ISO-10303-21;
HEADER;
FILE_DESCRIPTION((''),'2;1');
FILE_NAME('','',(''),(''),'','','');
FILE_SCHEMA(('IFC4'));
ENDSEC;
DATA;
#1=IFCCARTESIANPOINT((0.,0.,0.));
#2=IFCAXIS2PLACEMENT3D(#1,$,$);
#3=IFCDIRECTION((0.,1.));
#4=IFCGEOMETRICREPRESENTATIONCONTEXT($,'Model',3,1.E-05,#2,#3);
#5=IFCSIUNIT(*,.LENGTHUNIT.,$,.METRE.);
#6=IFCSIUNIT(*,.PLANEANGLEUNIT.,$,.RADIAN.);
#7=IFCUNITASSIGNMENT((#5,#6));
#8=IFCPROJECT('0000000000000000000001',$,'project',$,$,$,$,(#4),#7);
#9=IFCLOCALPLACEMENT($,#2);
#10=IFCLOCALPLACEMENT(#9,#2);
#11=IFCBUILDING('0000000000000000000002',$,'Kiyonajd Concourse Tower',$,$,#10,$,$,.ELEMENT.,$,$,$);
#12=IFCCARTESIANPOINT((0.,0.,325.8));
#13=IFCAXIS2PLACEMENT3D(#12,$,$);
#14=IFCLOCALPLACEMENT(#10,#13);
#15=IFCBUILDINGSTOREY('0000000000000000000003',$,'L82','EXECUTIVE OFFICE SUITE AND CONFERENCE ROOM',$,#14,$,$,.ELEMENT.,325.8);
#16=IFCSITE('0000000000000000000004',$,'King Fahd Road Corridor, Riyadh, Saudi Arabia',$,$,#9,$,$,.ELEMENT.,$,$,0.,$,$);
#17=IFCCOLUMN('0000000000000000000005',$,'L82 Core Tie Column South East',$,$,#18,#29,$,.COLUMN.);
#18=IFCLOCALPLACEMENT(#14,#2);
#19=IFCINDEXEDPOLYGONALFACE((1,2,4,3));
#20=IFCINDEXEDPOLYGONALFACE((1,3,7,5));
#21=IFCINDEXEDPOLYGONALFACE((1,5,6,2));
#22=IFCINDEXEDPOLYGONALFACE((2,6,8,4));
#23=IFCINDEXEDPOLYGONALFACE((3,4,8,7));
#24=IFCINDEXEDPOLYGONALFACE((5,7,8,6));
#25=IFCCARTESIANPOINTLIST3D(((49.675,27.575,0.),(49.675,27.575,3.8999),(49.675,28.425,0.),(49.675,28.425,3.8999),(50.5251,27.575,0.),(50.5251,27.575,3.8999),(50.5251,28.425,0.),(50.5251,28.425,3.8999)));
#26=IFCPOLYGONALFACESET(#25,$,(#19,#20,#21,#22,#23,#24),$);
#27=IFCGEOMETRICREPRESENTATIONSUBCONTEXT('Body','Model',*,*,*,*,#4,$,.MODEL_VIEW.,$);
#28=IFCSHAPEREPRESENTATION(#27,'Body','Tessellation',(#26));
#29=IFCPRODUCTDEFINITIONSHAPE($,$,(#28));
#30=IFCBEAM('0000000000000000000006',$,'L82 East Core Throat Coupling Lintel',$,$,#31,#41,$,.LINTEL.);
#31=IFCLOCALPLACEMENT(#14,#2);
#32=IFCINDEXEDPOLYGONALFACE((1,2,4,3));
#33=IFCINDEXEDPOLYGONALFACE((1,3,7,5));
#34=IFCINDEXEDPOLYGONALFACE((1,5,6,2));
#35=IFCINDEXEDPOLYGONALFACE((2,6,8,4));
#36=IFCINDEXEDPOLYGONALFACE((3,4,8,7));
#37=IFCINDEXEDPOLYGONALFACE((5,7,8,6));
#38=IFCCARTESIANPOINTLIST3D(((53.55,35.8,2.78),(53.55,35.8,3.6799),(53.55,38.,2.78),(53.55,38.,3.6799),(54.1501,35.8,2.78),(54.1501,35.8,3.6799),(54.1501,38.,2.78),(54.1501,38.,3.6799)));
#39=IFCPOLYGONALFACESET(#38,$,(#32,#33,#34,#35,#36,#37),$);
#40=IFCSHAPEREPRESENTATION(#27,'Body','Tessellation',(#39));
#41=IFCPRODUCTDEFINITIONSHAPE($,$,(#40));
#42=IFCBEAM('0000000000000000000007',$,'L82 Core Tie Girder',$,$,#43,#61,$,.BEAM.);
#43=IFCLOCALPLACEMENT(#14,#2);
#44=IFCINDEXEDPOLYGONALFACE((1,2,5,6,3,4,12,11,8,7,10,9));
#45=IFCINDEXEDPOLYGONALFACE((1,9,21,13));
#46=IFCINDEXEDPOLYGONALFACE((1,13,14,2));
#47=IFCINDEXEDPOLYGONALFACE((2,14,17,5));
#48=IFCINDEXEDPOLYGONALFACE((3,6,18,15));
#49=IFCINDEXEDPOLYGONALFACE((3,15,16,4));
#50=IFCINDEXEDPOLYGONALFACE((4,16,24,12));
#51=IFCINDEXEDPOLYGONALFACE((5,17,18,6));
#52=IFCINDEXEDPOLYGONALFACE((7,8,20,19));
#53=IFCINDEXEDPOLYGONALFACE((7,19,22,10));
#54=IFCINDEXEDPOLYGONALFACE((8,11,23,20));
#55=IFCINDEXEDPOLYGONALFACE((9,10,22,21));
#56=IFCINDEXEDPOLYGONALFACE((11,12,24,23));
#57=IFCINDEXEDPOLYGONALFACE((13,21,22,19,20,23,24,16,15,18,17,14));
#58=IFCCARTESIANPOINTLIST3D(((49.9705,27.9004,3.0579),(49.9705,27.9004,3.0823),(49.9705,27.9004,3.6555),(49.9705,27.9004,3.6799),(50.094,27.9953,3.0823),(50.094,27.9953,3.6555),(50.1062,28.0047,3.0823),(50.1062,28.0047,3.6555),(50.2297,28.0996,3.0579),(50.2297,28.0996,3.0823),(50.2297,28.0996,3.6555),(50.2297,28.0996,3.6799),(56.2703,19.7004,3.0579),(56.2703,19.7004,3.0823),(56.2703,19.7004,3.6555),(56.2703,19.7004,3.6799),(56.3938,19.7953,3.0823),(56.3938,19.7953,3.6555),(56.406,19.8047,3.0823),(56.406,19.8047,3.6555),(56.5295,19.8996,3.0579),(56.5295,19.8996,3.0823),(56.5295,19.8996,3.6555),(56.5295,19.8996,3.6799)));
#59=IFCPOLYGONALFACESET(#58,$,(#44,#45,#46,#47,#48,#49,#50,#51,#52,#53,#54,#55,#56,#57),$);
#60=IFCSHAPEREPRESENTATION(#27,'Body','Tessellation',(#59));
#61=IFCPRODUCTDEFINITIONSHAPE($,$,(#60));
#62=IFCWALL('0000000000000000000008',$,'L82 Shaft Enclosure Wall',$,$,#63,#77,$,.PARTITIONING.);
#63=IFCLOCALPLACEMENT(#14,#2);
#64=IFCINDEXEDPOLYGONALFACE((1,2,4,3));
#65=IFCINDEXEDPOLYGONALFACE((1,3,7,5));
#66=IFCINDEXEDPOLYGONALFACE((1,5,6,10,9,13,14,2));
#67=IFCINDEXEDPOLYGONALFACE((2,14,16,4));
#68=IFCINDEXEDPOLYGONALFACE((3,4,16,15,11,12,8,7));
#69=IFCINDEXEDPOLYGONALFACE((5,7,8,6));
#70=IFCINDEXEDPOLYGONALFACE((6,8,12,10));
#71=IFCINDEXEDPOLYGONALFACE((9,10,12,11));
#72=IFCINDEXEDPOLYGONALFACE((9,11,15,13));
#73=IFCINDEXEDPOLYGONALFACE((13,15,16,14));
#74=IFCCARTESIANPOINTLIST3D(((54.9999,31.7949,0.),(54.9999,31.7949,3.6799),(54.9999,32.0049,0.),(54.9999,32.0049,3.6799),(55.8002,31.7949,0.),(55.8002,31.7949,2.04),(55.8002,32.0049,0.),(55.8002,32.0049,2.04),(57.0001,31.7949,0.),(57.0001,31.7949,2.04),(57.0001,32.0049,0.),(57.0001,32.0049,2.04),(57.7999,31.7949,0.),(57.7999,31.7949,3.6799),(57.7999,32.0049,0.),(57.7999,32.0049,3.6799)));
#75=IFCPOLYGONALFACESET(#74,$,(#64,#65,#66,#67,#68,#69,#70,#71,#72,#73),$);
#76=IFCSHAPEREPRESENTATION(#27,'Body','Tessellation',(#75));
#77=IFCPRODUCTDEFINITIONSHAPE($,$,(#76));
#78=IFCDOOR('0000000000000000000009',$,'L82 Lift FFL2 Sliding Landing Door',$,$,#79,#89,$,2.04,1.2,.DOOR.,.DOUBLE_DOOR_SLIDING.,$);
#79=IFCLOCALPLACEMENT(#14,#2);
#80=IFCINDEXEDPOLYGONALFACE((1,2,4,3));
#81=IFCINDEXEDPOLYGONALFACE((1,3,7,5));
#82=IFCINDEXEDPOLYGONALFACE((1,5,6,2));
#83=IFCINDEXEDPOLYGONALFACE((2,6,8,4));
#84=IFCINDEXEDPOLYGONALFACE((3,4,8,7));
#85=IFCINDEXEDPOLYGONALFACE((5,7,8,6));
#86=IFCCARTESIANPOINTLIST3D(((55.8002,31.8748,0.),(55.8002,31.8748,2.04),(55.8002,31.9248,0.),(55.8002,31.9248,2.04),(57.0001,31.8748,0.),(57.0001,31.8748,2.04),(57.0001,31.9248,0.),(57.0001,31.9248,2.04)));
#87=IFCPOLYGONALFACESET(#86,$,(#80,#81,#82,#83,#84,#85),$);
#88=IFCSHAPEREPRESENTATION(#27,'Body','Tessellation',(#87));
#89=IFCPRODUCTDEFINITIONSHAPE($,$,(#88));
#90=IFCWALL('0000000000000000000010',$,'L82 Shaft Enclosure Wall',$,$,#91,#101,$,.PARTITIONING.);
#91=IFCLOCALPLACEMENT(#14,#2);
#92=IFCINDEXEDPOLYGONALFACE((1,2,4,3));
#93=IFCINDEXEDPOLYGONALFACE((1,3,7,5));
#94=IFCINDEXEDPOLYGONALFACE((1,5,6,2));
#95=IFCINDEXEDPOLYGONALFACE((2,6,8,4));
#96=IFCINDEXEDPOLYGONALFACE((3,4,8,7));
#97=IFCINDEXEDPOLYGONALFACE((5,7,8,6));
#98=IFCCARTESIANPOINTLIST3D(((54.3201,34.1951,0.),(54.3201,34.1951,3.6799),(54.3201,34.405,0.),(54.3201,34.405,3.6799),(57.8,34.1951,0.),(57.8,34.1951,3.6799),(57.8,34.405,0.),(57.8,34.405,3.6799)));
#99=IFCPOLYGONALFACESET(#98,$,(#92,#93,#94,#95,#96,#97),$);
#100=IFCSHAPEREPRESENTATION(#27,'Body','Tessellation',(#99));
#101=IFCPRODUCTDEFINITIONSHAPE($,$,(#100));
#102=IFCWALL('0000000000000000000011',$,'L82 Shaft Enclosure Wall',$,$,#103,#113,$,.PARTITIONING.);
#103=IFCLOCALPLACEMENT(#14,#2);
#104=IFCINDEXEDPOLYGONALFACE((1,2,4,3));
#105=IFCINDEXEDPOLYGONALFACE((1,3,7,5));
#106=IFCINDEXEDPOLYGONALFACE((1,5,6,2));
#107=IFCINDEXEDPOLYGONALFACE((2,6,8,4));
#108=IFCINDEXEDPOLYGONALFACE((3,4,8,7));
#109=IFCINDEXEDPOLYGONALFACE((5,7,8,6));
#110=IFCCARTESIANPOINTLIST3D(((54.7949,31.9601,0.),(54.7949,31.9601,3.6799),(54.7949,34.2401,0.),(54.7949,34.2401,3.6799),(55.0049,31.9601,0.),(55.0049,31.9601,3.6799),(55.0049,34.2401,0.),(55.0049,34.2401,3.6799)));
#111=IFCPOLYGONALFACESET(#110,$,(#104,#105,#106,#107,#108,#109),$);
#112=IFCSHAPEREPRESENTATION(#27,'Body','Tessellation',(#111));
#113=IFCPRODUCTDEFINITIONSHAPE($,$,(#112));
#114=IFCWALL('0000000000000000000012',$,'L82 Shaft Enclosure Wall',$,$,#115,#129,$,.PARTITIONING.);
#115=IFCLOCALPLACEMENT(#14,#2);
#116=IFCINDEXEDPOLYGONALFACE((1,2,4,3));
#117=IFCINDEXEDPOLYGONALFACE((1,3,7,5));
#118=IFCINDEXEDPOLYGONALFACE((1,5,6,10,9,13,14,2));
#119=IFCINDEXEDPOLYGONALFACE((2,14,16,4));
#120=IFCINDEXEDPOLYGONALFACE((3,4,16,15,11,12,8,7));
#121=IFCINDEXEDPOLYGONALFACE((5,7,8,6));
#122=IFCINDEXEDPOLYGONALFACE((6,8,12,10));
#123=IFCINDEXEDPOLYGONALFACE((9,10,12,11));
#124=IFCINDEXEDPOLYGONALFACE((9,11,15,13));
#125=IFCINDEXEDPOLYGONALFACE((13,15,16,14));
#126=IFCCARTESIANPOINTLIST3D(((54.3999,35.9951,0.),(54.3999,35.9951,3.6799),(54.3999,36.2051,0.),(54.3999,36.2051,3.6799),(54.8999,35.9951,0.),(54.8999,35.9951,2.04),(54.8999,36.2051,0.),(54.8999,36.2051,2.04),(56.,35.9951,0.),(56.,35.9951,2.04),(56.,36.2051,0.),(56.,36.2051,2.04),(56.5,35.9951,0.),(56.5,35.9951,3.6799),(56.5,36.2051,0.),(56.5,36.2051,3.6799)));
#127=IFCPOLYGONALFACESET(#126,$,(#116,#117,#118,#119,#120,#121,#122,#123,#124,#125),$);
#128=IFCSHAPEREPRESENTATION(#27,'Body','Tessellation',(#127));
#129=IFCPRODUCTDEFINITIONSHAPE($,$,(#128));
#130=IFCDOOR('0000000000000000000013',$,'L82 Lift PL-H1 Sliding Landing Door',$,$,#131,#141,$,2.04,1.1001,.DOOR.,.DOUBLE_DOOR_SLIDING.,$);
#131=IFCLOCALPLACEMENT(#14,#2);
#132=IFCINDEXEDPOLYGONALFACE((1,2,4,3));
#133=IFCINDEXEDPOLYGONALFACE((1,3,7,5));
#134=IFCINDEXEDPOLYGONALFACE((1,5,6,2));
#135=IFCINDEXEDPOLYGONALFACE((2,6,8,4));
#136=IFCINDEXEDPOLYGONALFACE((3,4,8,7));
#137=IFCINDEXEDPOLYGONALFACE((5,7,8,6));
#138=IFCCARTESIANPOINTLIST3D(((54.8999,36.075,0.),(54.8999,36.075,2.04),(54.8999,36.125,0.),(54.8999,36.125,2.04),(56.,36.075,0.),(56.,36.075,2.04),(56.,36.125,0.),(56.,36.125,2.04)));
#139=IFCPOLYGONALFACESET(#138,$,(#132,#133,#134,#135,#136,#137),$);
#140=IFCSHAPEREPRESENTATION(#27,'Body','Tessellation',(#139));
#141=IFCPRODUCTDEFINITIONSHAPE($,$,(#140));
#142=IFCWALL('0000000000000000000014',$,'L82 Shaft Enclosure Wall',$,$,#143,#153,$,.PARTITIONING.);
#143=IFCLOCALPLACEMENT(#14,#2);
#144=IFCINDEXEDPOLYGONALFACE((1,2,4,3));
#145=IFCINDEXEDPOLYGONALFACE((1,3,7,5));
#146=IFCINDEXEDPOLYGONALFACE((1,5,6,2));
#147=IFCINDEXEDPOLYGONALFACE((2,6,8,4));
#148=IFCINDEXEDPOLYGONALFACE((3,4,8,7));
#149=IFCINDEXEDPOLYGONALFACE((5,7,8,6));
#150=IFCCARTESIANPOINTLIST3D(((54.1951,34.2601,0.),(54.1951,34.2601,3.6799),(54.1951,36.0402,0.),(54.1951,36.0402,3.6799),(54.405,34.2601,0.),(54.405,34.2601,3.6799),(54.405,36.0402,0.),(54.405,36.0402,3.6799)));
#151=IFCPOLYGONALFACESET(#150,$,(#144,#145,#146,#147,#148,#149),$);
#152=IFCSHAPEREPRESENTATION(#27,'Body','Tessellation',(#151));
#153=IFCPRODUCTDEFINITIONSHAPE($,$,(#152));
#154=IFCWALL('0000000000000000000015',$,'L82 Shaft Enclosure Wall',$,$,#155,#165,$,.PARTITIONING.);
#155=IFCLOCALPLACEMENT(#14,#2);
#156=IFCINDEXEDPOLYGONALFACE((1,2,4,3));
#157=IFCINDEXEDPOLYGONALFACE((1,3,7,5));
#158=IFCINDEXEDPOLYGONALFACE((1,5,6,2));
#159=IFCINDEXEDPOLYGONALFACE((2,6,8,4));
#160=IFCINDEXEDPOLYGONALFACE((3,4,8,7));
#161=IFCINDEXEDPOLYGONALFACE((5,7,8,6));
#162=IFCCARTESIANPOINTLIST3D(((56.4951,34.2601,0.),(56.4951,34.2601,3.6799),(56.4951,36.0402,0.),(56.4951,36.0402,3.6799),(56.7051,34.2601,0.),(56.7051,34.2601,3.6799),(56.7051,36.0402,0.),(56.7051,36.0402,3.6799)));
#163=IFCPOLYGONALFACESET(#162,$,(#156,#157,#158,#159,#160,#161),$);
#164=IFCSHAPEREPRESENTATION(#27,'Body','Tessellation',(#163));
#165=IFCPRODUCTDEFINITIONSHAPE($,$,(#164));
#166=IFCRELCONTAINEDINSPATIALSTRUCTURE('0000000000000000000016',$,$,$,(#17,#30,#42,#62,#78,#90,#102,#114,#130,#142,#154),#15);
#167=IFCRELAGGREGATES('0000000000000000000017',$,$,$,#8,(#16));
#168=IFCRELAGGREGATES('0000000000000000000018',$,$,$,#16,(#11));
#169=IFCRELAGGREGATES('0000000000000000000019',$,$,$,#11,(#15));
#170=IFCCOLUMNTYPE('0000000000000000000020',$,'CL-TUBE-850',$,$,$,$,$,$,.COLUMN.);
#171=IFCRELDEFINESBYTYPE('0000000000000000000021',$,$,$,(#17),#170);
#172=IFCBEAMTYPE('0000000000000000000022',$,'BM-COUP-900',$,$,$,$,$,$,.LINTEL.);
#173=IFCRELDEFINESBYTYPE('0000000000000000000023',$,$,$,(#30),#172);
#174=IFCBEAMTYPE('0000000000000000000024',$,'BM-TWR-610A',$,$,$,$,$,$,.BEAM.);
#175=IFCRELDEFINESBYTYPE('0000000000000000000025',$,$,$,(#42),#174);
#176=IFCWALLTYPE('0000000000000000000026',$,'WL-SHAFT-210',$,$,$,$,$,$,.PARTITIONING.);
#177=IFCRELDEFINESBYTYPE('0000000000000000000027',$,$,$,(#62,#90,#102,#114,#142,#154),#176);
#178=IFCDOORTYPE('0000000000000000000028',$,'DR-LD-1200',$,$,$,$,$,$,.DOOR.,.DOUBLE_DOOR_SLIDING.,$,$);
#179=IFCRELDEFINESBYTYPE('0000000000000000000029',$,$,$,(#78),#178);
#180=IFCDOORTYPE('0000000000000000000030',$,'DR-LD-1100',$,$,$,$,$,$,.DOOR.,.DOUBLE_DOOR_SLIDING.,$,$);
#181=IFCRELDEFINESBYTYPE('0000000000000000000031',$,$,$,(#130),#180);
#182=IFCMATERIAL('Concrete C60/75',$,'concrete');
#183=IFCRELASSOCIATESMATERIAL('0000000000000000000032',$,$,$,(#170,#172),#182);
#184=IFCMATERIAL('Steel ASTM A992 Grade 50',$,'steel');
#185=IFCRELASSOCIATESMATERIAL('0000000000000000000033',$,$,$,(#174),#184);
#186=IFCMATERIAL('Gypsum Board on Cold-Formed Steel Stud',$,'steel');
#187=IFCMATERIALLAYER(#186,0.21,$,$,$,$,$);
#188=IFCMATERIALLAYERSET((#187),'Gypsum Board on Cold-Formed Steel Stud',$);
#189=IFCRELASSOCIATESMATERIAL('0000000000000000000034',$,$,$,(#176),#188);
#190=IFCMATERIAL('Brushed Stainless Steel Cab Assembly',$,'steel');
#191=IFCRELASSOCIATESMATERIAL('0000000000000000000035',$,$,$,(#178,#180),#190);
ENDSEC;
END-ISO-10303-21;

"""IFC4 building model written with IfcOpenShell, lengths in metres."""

from ifc_helpers import new_model, si_unit, direction, frame, frame_2d, origin, origin_2d, place, context, subcontext, project, spatial, rectangle, i_section, extrude, material, layer, layer_set, material_profile, profile_set, type_object, element, fill, save


model = new_model("IFC4")

# Units and contexts
model_context = context("Model", 3, precision=1e-05, world=origin(), true_north=direction((0.0, 1.0)))
body_context = subcontext(model_context, "Body", "Model", "MODEL_VIEW")
ifc_project = project(units=[si_unit("LENGTHUNIT", "METRE"), si_unit("PLANEANGLEUNIT", "RADIAN")], contexts=[model_context])

# Site, building, storey
site_placement = place(None, origin())
site = spatial("IfcSite", under=ifc_project, at=site_placement, Name="King Fahd Road Corridor, Riyadh, Saudi Arabia", CompositionType="ELEMENT", RefElevation=0.0)
building_placement = place(site_placement, origin())
building = spatial("IfcBuilding", under=site, at=building_placement, Name="Kiyonajd Concourse Tower", CompositionType="ELEMENT")
storey_placement = place(building_placement, frame((0.0, 0.0, 325.8)))
storey = spatial("IfcBuildingStorey", under=building, at=storey_placement, Name="L82", Description="EXECUTIVE OFFICE SUITE AND CONFERENCE ROOM", CompositionType="ELEMENT", Elevation=325.8)

# Column
ifc_material_1 = material(Name="Concrete C60/75", Category="concrete")
ifc_material_profile_1 = material_profile(ifc_material_1, rectangle(XDim=0.8501, YDim=0.8501, at=origin_2d()), Name="RC-850x850")
ifc_profile_set_1 = profile_set([ifc_material_profile_1], Name="Concrete C60/75")
column_type = type_object("IfcColumnType", Name="CL-TUBE-850", PredefinedType="COLUMN", material=ifc_profile_set_1)
column_placement = place(storey_placement, frame((50.1001, 28.0, 0.0), z_axis=(0.0, 0.0, 1.0), x_axis=(1.0, 0.0, 0.0)))
element("IfcColumn", 1, at=column_placement, inside=storey, type_object=column_type, Name="L82 Core Tie Column South East", PredefinedType="COLUMN", context=body_context, shape_type="SweptSolid", body=[
    extrude(rectangle(XDim=0.8501, YDim=0.8501, at=origin_2d()), origin(), (0.0, 0.0, 1.0), 3.8999),
])

# Beams
ifc_material_profile_2 = material_profile(ifc_material_1, rectangle(XDim=0.6001, YDim=0.8999, at=origin_2d()), Name="RCBM-600x900")
ifc_profile_set_2 = profile_set([ifc_material_profile_2], Name="Concrete C60/75")
beam_type_1 = type_object("IfcBeamType", Name="BM-COUP-900", PredefinedType="LINTEL", material=ifc_profile_set_2)
beam_1_placement = place(storey_placement, frame((53.8501, 35.8, 3.23), z_axis=(0.0, 1.0, 0.0), x_axis=(-1.0, 0.0, 0.0)))
element("IfcBeam", 2, at=beam_1_placement, inside=storey, type_object=beam_type_1, Name="L82 East Core Throat Coupling Lintel", PredefinedType="LINTEL", context=body_context, shape_type="SweptSolid", body=[
    extrude(rectangle(XDim=0.6001, YDim=0.8999, at=origin_2d()), origin(), (0.0, 0.0, 1.0), 2.2),
])
ifc_material_2 = material(Name="Steel ASTM A992 Grade 50", Category="steel")
ifc_material_profile_3 = material_profile(ifc_material_2, i_section(OverallWidth=0.3269, OverallDepth=0.6221, WebThickness=0.0154, FlangeThickness=0.0244, at=origin_2d()), Name="W610X195")
ifc_profile_set_3 = profile_set([ifc_material_profile_3], Name="Steel ASTM A992 Grade 50")
beam_type_2 = type_object("IfcBeamType", Name="BM-TWR-610A", PredefinedType="BEAM", material=ifc_profile_set_3)
beam_2_placement = place(storey_placement, frame((50.1001, 28.0, 3.3689), z_axis=(0.609234, -0.792991, 0.0), x_axis=(0.792991, 0.609234, 0.0)))
element("IfcBeam", 3, at=beam_2_placement, inside=storey, type_object=beam_type_2, Name="L82 Core Tie Girder", PredefinedType="BEAM", context=body_context, shape_type="SweptSolid", body=[
    extrude(i_section(OverallWidth=0.3269, OverallDepth=0.6221, WebThickness=0.0154, FlangeThickness=0.0244, at=origin_2d()), origin(), (0.0, 0.0, 1.0), 10.3406),
])

# Wall, opening, door
ifc_material_3 = material(Name="Gypsum Board on Cold-Formed Steel Stud", Category="steel")
ifc_layer_1 = layer(ifc_material_3, 0.21)
ifc_layer_set_1 = layer_set([ifc_layer_1], Name="Gypsum Board on Cold-Formed Steel Stud")
wall_type_1 = type_object("IfcWallType", Name="WL-SHAFT-210", PredefinedType="PARTITIONING", material=ifc_layer_set_1)
wall_1_placement = place(storey_placement, frame((55.0, 31.8999, 0.0), z_axis=(0.0, 0.0, 1.0), x_axis=(1.0, 0.0, 0.0)))
wall_1 = element("IfcWall", 4, at=wall_1_placement, inside=storey, type_object=wall_type_1, Name="L82 Shaft Enclosure Wall", PredefinedType="PARTITIONING", context=body_context, shape_type="SweptSolid", body=[
    extrude(rectangle(XDim=2.8, YDim=0.21, at=frame_2d((1.3999, 0.0))), origin(), (0.0, 0.0, 1.0), 3.6799),
])
opening_1_placement = place(wall_1_placement, frame((0.8, 0.0, 0.0)))
opening_1 = element("IfcOpeningElement", 5, at=opening_1_placement, cuts=wall_1, PredefinedType="OPENING", context=body_context, shape_type="SweptSolid", body=[
    extrude(rectangle(XDim=1.2, YDim=2.04, at=frame_2d((0.6001, 1.02))), frame((0.0, 0.115, 0.0), z_axis=(0.0, -1.0, 0.0), x_axis=(1.0, 0.0, 0.0)), (0.0, 0.0, 1.0), 0.23),
])
ifc_material_4 = material(Name="Brushed Stainless Steel Cab Assembly", Category="steel")
door_type_1 = type_object("IfcDoorType", Name="DR-LD-1200", OperationType="DOUBLE_DOOR_SLIDING", PredefinedType="DOOR", material=ifc_material_4)
door_1_placement = place(opening_1_placement, origin())
door_1 = element("IfcDoor", 6, at=door_1_placement, inside=storey, type_object=door_type_1, Name="L82 Lift FFL2 Sliding Landing Door", OperationType="DOUBLE_DOOR_SLIDING", OverallHeight=2.04, OverallWidth=1.2, PredefinedType="DOOR", context=body_context, shape_type="SweptSolid", body=[
    extrude(rectangle(XDim=1.2, YDim=2.04, at=frame_2d((0.6001, 1.02))), frame((0.0, 0.0249, 0.0), z_axis=(0.0, -1.0, 0.0), x_axis=(1.0, 0.0, 0.0)), (0.0, 0.0, 1.0), 0.05),
])
fill(opening_1, door_1)

# Walls
wall_2_placement = place(storey_placement, frame((54.3201, 34.3, 0.0), z_axis=(0.0, 0.0, 1.0), x_axis=(1.0, 0.0, 0.0)))
element("IfcWall", 7, at=wall_2_placement, inside=storey, type_object=wall_type_1, Name="L82 Shaft Enclosure Wall", PredefinedType="PARTITIONING", context=body_context, shape_type="SweptSolid", body=[
    extrude(rectangle(XDim=3.48, YDim=0.21, at=frame_2d((1.74, 0.0))), origin(), (0.0, 0.0, 1.0), 3.6799),
])
wall_3_placement = place(storey_placement, frame((54.8999, 31.96, 0.0), z_axis=(0.0, 0.0, 1.0), x_axis=(0.0, 1.0, 0.0)))
element("IfcWall", 8, at=wall_3_placement, inside=storey, type_object=wall_type_1, Name="L82 Shaft Enclosure Wall", PredefinedType="PARTITIONING", context=body_context, shape_type="SweptSolid", body=[
    extrude(rectangle(XDim=2.28, YDim=0.21, at=frame_2d((1.1401, 0.0))), origin(), (0.0, 0.0, 1.0), 3.6799),
])

# Wall, opening, door
wall_4_placement = place(storey_placement, frame((54.3999, 36.1001, 0.0), z_axis=(0.0, 0.0, 1.0), x_axis=(1.0, 0.0, 0.0)))
wall_4 = element("IfcWall", 9, at=wall_4_placement, inside=storey, type_object=wall_type_1, Name="L82 Shaft Enclosure Wall", PredefinedType="PARTITIONING", context=body_context, shape_type="SweptSolid", body=[
    extrude(rectangle(XDim=2.1001, YDim=0.21, at=frame_2d((1.05, 0.0))), origin(), (0.0, 0.0, 1.0), 3.6799),
])
opening_2_placement = place(wall_4_placement, frame((0.5, 0.0, 0.0)))
opening_2 = element("IfcOpeningElement", 10, at=opening_2_placement, cuts=wall_4, PredefinedType="OPENING", context=body_context, shape_type="SweptSolid", body=[
    extrude(rectangle(XDim=1.1001, YDim=2.04, at=frame_2d((0.55, 1.02))), frame((0.0, 0.115, 0.0), z_axis=(0.0, -1.0, 0.0), x_axis=(1.0, 0.0, 0.0)), (0.0, 0.0, 1.0), 0.23),
])
door_type_2 = type_object("IfcDoorType", Name="DR-LD-1100", OperationType="DOUBLE_DOOR_SLIDING", PredefinedType="DOOR", material=ifc_material_4)
door_2_placement = place(opening_2_placement, origin())
door_2 = element("IfcDoor", 11, at=door_2_placement, inside=storey, type_object=door_type_2, Name="L82 Lift PL-H1 Sliding Landing Door", OperationType="DOUBLE_DOOR_SLIDING", OverallHeight=2.04, OverallWidth=1.1001, PredefinedType="DOOR", context=body_context, shape_type="SweptSolid", body=[
    extrude(rectangle(XDim=1.1001, YDim=2.04, at=frame_2d((0.55, 1.02))), frame((0.0, 0.0249, 0.0), z_axis=(0.0, -1.0, 0.0), x_axis=(1.0, 0.0, 0.0)), (0.0, 0.0, 1.0), 0.05),
])
fill(opening_2, door_2)

# Walls
for number, where, z_axis, x_axis, name in (
    (12, (54.3, 34.26, 0.0), (0.0, 0.0, 1.0), (0.0, 1.0, 0.0), "L82 Shaft Enclosure Wall"),
    (13, (56.6001, 34.26, 0.0), (0.0, 0.0, 1.0), (0.0, 1.0, 0.0), "L82 Shaft Enclosure Wall"),
):
    element("IfcWall", number, at=place(storey_placement, frame(where, z_axis=z_axis, x_axis=x_axis)), inside=storey, type_object=wall_type_1, Name=name, PredefinedType="PARTITIONING", context=body_context, shape_type="SweptSolid", body=[
        extrude(rectangle(XDim=1.78, YDim=0.21, at=frame_2d((0.8901, 0.0))), origin(), (0.0, 0.0, 1.0), 3.6799),
    ])

save(model, "model.ifc")
